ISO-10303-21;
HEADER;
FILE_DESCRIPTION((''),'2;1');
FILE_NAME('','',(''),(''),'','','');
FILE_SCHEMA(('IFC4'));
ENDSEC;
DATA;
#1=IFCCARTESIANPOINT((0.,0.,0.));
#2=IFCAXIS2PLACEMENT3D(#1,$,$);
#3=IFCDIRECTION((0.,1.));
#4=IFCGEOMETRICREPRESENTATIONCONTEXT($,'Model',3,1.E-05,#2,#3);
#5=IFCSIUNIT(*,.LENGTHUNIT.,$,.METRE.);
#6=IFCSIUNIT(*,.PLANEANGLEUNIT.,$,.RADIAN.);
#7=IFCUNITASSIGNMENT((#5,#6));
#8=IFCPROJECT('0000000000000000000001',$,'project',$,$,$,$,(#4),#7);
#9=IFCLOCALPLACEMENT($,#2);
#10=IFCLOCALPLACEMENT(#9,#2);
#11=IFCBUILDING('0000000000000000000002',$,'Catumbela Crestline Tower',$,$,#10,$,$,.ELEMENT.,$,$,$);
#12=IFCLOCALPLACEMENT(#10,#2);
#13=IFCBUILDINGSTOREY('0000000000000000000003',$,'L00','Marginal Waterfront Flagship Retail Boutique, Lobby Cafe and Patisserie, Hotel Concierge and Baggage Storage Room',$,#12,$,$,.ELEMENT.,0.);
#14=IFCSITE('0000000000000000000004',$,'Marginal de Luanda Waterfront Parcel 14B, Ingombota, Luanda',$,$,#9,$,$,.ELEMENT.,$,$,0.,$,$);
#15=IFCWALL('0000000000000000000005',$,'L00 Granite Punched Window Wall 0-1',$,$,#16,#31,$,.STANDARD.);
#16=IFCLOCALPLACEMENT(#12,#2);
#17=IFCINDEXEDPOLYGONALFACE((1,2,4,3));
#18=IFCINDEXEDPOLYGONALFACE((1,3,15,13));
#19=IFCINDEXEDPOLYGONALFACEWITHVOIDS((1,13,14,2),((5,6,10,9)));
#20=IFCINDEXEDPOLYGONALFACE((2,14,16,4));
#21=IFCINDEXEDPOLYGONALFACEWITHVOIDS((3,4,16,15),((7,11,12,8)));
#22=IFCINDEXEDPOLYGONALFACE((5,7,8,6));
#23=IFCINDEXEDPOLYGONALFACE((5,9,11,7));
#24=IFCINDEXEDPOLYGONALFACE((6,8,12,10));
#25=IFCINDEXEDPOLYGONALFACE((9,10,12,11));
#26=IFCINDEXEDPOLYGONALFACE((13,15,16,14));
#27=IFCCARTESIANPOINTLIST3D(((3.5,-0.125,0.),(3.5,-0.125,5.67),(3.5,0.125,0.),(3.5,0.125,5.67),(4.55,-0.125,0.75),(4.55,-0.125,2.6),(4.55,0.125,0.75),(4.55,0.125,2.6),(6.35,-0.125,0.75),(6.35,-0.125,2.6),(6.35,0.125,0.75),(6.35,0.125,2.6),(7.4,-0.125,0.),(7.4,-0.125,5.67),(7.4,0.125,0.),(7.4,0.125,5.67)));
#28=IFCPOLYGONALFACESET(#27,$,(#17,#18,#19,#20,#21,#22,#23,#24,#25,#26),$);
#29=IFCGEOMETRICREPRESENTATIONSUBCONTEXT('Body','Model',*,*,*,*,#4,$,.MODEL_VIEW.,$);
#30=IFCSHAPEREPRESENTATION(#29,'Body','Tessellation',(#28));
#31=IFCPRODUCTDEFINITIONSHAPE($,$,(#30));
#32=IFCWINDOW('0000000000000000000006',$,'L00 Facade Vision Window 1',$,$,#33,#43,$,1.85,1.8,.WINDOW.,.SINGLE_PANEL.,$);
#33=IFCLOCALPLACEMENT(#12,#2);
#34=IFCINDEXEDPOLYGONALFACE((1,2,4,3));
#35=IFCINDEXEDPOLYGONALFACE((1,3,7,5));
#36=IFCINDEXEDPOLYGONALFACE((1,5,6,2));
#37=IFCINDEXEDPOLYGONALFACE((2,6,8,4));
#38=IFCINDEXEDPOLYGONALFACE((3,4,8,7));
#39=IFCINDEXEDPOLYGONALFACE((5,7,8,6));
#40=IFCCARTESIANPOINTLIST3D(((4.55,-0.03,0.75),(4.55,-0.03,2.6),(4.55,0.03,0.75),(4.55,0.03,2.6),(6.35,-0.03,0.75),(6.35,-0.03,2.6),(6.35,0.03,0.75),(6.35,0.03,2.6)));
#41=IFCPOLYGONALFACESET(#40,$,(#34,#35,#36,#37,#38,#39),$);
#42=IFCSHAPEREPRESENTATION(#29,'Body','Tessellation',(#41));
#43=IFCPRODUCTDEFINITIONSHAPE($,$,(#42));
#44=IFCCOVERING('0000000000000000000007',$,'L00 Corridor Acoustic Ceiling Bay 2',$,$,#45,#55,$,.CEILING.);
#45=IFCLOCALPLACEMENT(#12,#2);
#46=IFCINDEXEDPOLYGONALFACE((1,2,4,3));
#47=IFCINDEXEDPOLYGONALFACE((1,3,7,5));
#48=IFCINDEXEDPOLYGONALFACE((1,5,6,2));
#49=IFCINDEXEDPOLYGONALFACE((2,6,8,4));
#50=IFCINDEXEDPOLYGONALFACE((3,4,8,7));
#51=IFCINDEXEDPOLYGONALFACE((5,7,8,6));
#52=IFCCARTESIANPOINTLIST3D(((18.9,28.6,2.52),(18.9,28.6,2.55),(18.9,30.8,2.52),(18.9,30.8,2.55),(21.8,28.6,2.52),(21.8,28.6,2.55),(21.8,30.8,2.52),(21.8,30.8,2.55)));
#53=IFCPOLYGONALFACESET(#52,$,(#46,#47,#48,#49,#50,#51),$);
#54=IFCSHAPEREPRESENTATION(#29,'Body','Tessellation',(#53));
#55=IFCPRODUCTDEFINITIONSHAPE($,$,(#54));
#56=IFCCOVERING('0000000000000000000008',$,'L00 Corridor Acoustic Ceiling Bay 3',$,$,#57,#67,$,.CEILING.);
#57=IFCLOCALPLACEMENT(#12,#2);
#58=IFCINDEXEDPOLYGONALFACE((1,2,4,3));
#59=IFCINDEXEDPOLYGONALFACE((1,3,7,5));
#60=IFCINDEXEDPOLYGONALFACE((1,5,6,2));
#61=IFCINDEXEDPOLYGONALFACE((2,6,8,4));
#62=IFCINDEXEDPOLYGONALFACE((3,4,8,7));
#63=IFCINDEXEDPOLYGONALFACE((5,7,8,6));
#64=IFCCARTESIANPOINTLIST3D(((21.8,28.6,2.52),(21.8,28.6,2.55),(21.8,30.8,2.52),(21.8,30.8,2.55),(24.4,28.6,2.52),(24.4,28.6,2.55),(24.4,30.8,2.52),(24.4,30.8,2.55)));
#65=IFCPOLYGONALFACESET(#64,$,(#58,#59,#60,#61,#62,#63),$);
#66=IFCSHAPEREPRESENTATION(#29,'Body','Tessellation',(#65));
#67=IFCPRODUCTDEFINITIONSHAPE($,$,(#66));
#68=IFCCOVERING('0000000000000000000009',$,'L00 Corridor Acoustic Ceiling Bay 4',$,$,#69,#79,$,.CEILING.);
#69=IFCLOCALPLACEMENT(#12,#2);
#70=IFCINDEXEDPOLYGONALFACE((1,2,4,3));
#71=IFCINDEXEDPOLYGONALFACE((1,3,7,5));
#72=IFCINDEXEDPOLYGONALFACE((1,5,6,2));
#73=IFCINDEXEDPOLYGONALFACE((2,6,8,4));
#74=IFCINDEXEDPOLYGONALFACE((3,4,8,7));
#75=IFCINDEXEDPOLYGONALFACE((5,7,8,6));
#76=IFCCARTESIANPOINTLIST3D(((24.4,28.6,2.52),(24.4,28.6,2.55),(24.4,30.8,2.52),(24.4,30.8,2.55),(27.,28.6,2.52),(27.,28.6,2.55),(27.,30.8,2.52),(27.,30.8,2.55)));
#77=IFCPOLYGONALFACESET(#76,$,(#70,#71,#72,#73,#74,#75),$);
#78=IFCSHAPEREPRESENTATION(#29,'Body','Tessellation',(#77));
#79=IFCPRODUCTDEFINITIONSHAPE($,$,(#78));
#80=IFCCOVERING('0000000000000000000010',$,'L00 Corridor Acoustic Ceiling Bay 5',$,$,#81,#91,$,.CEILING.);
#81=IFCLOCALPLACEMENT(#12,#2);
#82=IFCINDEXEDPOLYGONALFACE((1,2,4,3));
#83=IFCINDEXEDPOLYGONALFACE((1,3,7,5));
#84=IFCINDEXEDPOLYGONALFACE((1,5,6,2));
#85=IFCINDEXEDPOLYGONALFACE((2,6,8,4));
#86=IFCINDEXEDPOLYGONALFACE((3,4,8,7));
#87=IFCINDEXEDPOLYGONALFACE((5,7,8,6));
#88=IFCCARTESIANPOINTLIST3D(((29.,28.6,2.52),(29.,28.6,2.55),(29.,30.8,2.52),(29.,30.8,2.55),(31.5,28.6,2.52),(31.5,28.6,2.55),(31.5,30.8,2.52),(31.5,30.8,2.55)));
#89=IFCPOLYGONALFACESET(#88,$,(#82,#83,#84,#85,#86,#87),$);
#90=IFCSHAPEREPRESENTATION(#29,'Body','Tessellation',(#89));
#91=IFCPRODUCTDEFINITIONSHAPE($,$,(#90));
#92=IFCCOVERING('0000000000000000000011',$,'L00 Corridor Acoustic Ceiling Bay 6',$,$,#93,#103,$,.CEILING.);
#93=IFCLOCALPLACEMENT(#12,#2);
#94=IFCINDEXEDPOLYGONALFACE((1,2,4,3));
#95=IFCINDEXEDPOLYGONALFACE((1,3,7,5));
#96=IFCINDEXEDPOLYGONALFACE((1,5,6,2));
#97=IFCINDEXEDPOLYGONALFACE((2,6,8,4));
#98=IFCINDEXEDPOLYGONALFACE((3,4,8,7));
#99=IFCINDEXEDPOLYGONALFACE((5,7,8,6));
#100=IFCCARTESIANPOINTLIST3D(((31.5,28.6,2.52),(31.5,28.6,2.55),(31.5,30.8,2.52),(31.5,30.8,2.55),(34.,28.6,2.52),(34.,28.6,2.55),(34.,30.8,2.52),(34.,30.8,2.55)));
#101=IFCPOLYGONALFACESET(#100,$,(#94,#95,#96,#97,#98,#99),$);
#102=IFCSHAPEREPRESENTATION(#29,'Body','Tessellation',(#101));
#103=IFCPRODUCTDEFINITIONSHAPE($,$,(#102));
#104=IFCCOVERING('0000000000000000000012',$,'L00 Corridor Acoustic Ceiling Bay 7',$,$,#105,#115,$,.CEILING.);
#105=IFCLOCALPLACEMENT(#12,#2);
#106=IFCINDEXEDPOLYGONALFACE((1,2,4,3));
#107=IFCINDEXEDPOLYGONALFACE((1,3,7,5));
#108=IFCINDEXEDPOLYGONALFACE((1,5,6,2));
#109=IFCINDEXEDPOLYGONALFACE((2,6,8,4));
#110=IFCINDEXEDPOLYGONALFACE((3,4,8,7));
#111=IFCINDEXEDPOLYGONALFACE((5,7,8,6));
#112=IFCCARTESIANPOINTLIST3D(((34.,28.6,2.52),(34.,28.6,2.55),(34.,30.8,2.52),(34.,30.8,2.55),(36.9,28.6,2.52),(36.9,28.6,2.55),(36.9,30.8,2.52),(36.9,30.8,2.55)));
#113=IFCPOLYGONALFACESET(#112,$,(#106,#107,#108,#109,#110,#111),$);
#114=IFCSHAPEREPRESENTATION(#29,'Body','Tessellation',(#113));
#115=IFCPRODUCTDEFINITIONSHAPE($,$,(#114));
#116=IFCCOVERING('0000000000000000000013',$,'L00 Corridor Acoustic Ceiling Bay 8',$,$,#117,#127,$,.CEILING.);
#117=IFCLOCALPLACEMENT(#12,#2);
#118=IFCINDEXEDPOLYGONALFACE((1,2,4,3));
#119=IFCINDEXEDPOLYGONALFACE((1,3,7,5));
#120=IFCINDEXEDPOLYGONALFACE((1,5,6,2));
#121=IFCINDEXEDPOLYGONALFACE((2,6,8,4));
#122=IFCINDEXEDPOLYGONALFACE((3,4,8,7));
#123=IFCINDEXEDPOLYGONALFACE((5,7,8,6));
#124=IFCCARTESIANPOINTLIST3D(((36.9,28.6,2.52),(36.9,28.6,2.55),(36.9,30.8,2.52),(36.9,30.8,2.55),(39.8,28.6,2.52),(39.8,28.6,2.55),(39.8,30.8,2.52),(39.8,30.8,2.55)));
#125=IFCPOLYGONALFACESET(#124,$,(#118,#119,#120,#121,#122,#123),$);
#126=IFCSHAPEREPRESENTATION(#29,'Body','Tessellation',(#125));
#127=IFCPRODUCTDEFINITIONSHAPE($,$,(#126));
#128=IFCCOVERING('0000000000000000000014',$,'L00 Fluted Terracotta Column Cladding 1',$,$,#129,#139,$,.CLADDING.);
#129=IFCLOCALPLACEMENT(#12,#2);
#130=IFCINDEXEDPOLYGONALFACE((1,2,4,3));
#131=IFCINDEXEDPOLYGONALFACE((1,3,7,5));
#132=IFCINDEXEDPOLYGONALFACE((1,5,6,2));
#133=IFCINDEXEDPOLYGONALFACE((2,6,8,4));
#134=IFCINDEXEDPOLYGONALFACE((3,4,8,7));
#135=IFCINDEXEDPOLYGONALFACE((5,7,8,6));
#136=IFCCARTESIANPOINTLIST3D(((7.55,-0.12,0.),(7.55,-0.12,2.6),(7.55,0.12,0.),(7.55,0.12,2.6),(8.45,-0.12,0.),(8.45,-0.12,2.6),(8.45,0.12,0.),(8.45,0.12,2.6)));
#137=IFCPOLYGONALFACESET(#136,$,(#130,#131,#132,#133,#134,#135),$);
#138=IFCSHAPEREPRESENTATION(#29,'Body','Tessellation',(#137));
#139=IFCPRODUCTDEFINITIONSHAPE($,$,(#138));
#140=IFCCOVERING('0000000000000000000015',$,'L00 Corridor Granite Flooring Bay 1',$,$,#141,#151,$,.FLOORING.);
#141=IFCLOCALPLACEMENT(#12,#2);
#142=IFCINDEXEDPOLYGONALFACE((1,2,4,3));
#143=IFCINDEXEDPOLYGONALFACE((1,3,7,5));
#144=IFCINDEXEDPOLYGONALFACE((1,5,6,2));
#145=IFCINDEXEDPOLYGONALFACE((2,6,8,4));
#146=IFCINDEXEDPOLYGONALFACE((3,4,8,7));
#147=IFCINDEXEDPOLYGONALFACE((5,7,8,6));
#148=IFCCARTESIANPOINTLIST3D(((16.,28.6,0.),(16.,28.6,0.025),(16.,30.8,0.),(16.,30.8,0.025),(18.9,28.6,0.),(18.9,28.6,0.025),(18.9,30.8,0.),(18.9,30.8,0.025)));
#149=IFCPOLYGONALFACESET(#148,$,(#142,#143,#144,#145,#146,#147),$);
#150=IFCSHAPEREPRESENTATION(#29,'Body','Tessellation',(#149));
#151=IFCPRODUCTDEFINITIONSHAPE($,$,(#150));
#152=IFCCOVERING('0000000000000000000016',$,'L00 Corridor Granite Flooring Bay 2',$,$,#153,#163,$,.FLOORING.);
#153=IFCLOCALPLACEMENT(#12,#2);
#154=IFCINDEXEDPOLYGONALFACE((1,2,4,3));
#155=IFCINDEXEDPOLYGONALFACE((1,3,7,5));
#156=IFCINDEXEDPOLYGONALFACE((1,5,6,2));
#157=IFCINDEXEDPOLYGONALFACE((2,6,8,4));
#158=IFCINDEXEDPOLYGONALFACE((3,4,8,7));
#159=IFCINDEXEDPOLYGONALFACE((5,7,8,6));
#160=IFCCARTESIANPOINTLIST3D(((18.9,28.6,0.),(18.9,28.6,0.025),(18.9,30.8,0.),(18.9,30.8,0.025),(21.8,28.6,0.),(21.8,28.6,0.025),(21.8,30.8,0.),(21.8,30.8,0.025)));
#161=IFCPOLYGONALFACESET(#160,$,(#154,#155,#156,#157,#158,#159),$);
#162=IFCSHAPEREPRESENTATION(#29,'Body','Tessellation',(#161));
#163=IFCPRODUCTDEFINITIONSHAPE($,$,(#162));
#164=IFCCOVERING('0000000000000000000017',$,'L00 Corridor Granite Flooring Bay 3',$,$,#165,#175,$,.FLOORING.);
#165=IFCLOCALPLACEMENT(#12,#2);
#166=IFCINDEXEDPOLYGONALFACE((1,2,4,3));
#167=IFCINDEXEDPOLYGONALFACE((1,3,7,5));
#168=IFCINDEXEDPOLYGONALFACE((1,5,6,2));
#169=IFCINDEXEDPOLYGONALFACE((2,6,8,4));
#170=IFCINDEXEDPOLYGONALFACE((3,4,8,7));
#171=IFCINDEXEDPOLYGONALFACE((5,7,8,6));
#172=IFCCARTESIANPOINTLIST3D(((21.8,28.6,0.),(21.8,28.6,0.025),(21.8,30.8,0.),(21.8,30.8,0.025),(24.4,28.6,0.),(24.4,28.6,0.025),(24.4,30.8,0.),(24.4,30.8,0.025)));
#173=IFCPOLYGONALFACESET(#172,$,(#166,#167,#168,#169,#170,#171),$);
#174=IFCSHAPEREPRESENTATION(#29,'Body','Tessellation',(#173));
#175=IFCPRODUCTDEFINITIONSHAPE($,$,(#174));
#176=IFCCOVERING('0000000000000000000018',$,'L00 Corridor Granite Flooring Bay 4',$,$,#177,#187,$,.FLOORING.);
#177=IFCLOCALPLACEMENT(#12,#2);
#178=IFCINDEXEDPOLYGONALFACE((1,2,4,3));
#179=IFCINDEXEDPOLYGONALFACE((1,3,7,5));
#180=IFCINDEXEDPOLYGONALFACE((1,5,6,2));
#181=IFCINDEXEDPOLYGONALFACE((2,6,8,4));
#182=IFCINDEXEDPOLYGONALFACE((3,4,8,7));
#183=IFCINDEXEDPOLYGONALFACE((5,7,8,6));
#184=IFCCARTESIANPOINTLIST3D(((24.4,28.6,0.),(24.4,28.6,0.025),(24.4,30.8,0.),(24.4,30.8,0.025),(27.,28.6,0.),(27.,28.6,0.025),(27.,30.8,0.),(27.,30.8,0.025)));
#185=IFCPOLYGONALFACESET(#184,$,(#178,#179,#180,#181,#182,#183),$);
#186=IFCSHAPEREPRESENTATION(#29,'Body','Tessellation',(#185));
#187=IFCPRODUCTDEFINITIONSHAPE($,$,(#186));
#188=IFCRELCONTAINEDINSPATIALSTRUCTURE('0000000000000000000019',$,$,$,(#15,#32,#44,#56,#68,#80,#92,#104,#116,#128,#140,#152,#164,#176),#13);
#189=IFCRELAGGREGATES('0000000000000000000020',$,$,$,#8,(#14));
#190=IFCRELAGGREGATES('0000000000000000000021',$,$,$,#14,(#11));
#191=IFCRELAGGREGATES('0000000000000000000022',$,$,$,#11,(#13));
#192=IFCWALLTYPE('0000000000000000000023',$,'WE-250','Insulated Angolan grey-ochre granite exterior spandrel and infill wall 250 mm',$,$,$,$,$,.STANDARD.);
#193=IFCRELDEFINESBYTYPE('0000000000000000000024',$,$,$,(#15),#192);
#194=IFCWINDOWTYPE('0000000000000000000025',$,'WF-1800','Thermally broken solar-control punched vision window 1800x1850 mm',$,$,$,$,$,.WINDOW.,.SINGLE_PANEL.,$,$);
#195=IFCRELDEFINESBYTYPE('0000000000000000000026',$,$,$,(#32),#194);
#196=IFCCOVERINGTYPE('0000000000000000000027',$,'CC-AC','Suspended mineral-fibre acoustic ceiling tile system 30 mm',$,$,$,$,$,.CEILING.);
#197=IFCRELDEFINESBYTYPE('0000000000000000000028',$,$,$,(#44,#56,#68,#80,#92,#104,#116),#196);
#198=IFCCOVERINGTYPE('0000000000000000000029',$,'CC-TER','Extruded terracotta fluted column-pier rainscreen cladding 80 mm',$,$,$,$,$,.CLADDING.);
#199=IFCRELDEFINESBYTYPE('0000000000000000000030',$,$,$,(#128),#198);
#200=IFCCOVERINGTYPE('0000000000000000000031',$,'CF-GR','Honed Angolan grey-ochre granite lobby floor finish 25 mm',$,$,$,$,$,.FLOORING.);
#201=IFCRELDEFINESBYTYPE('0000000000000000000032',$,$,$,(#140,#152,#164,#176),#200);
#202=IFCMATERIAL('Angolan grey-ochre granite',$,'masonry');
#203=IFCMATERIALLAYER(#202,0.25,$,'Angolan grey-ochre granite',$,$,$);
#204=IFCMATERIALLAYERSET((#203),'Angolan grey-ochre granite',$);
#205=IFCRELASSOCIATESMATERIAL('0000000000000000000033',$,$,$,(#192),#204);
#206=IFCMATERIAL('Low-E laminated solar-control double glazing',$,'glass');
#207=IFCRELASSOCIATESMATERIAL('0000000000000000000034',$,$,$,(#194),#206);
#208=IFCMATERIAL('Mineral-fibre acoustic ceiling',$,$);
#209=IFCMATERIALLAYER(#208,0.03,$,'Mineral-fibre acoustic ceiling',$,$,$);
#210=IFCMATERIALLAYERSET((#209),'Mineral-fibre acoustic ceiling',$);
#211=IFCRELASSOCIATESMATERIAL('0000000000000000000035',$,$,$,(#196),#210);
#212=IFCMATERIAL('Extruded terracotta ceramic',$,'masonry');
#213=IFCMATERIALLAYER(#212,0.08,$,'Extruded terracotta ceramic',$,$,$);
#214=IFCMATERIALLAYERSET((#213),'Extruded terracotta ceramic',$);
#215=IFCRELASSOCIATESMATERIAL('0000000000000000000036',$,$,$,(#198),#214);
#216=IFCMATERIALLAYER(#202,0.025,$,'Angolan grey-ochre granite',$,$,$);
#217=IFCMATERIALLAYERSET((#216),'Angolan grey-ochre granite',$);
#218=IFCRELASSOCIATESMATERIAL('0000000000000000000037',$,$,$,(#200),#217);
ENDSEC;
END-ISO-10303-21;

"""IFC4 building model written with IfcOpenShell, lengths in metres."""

from ifc_helpers import new_model, si_unit, direction, frame, frame_2d, origin, origin_2d, place, context, subcontext, project, spatial, polyline, rectangle, outline, extrude, material, layer, layer_set, type_object, element, fill, save


model = new_model("IFC4")

# Units and contexts
model_context = context("Model", 3, precision=1e-05, world=origin(), true_north=direction((0.0, 1.0)))
body_context = subcontext(model_context, "Body", "Model", "MODEL_VIEW")
ifc_project = project(units=[si_unit("LENGTHUNIT", "METRE"), si_unit("PLANEANGLEUNIT", "RADIAN")], contexts=[model_context])

# Site, building, storey
site_placement = place(None, origin())
site = spatial("IfcSite", under=ifc_project, at=site_placement, Name="Marginal de Luanda Waterfront Parcel 14B, Ingombota, Luanda", CompositionType="ELEMENT", RefElevation=0.0)
building_placement = place(site_placement, origin())
building = spatial("IfcBuilding", under=site, at=building_placement, Name="Catumbela Crestline Tower", CompositionType="ELEMENT")
storey_placement = place(building_placement, origin())
storey = spatial("IfcBuildingStorey", under=building, at=storey_placement, Name="L00", Description="Marginal Waterfront Flagship Retail Boutique, Lobby Cafe and Patisserie, Hotel Concierge and Baggage Storage Room", CompositionType="ELEMENT", Elevation=0.0)

# Shared definitions
ifc_material_1 = material(Name="Low-E laminated solar-control double glazing", Category="glass")

# Wall, opening, window
ifc_material_2 = material(Name="Angolan grey-ochre granite", Category="masonry")
ifc_layer_1 = layer(ifc_material_2, 0.25, Name="Angolan grey-ochre granite")
ifc_layer_set_1 = layer_set([ifc_layer_1], Name="Angolan grey-ochre granite")
wall_type = type_object("IfcWallType", Name="WE-250", Description="Insulated Angolan grey-ochre granite exterior spandrel and infill wall 250 mm", PredefinedType="STANDARD", material=ifc_layer_set_1)
wall_placement = place(storey_placement, frame((3.5, 0.0, 0.0), z_axis=(0.0, 0.0, 1.0), x_axis=(1.0, 0.0, 0.0)))
wall = element("IfcWall", 1, at=wall_placement, inside=storey, type_object=wall_type, Name="L00 Granite Punched Window Wall 0-1", PredefinedType="STANDARD", context=body_context, shape_type="SweptSolid", body=[
    extrude(rectangle(XDim=3.9, YDim=0.25, at=frame_2d((1.95, 0.0))), origin(), (0.0, 0.0, 1.0), 5.67),
])
opening_placement = place(wall_placement, frame((1.05, 0.0, 0.75)))
opening = element("IfcOpeningElement", 2, at=opening_placement, cuts=wall, PredefinedType="OPENING", context=body_context, shape_type="SweptSolid", body=[
    extrude(rectangle(XDim=1.8, YDim=1.85, at=frame_2d((0.9, 0.925))), frame((0.0, 0.135, 0.0), z_axis=(0.0, -1.0, 0.0), x_axis=(1.0, 0.0, 0.0)), (0.0, 0.0, 1.0), 0.27),
])
window_type = type_object("IfcWindowType", Name="WF-1800", Description="Thermally broken solar-control punched vision window 1800x1850 mm", PartitioningType="SINGLE_PANEL", PredefinedType="WINDOW", material=ifc_material_1)
window_placement = place(opening_placement, origin())
window = element("IfcWindow", 3, at=window_placement, inside=storey, type_object=window_type, Name="L00 Facade Vision Window 1", OverallHeight=1.85, OverallWidth=1.8, PartitioningType="SINGLE_PANEL", PredefinedType="WINDOW", context=body_context, shape_type="SweptSolid", body=[
    extrude(rectangle(XDim=1.8, YDim=1.85, at=frame_2d((0.9, 0.925))), frame((0.0, 0.03, 0.0), z_axis=(0.0, -1.0, 0.0), x_axis=(1.0, 0.0, 0.0)), (0.0, 0.0, 1.0), 0.06),
])
fill(opening, window)

# Coverings
ifc_material_3 = material(Name="Mineral-fibre acoustic ceiling")
ifc_layer_2 = layer(ifc_material_3, 0.03, Name="Mineral-fibre acoustic ceiling")
ifc_layer_set_2 = layer_set([ifc_layer_2], Name="Mineral-fibre acoustic ceiling")
covering_type_1 = type_object("IfcCoveringType", Name="CC-AC", Description="Suspended mineral-fibre acoustic ceiling tile system 30 mm", PredefinedType="CEILING", material=ifc_layer_set_2)
covering_1_placement = place(storey_placement, frame((0.0, 0.0, 2.52)))
element("IfcCovering", 4, at=covering_1_placement, inside=storey, type_object=covering_type_1, Name="L00 Corridor Acoustic Ceiling Bay 2", PredefinedType="CEILING", context=body_context, shape_type="SweptSolid", body=[
    extrude(outline(polyline([(18.9, 28.6), (21.8, 28.6), (21.8, 30.8), (18.9, 30.8), (18.9, 28.6)])), origin(), (0.0, 0.0, 1.0), 0.03),
])
covering_2_placement = place(storey_placement, frame((0.0, 0.0, 2.52)))
element("IfcCovering", 5, at=covering_2_placement, inside=storey, type_object=covering_type_1, Name="L00 Corridor Acoustic Ceiling Bay 3", PredefinedType="CEILING", context=body_context, shape_type="SweptSolid", body=[
    extrude(outline(polyline([(21.8, 28.6), (24.4, 28.6), (24.4, 30.8), (21.8, 30.8), (21.8, 28.6)])), origin(), (0.0, 0.0, 1.0), 0.03),
])
covering_3_placement = place(storey_placement, frame((0.0, 0.0, 2.52)))
element("IfcCovering", 6, at=covering_3_placement, inside=storey, type_object=covering_type_1, Name="L00 Corridor Acoustic Ceiling Bay 4", PredefinedType="CEILING", context=body_context, shape_type="SweptSolid", body=[
    extrude(outline(polyline([(24.4, 28.6), (27.0, 28.6), (27.0, 30.8), (24.4, 30.8), (24.4, 28.6)])), origin(), (0.0, 0.0, 1.0), 0.03),
])
covering_4_placement = place(storey_placement, frame((0.0, 0.0, 2.52)))
element("IfcCovering", 7, at=covering_4_placement, inside=storey, type_object=covering_type_1, Name="L00 Corridor Acoustic Ceiling Bay 5", PredefinedType="CEILING", context=body_context, shape_type="SweptSolid", body=[
    extrude(outline(polyline([(29.0, 28.6), (31.5, 28.6), (31.5, 30.8), (29.0, 30.8), (29.0, 28.6)])), origin(), (0.0, 0.0, 1.0), 0.03),
])
covering_5_placement = place(storey_placement, frame((0.0, 0.0, 2.52)))
element("IfcCovering", 8, at=covering_5_placement, inside=storey, type_object=covering_type_1, Name="L00 Corridor Acoustic Ceiling Bay 6", PredefinedType="CEILING", context=body_context, shape_type="SweptSolid", body=[
    extrude(outline(polyline([(31.5, 28.6), (34.0, 28.6), (34.0, 30.8), (31.5, 30.8), (31.5, 28.6)])), origin(), (0.0, 0.0, 1.0), 0.03),
])
covering_6_placement = place(storey_placement, frame((0.0, 0.0, 2.52)))
element("IfcCovering", 9, at=covering_6_placement, inside=storey, type_object=covering_type_1, Name="L00 Corridor Acoustic Ceiling Bay 7", PredefinedType="CEILING", context=body_context, shape_type="SweptSolid", body=[
    extrude(outline(polyline([(34.0, 28.6), (36.9, 28.6), (36.9, 30.8), (34.0, 30.8), (34.0, 28.6)])), origin(), (0.0, 0.0, 1.0), 0.03),
])
covering_7_placement = place(storey_placement, frame((0.0, 0.0, 2.52)))
element("IfcCovering", 10, at=covering_7_placement, inside=storey, type_object=covering_type_1, Name="L00 Corridor Acoustic Ceiling Bay 8", PredefinedType="CEILING", context=body_context, shape_type="SweptSolid", body=[
    extrude(outline(polyline([(36.9, 28.6), (39.8, 28.6), (39.8, 30.8), (36.9, 30.8), (36.9, 28.6)])), origin(), (0.0, 0.0, 1.0), 0.03),
])
ifc_material_4 = material(Name="Extruded terracotta ceramic", Category="masonry")
ifc_layer_3 = layer(ifc_material_4, 0.08, Name="Extruded terracotta ceramic")
ifc_layer_set_3 = layer_set([ifc_layer_3], Name="Extruded terracotta ceramic")
covering_type_2 = type_object("IfcCoveringType", Name="CC-TER", Description="Extruded terracotta fluted column-pier rainscreen cladding 80 mm", PredefinedType="CLADDING", material=ifc_layer_set_3)
covering_8_placement = place(storey_placement, frame((8.0, 0.0, 0.0), z_axis=(0.0, 0.0, 1.0), x_axis=(1.0, 0.0, 0.0)))
element("IfcCovering", 11, at=covering_8_placement, inside=storey, type_object=covering_type_2, Name="L00 Fluted Terracotta Column Cladding 1", PredefinedType="CLADDING", context=body_context, shape_type="SweptSolid", body=[
    extrude(rectangle(XDim=0.9, YDim=0.24, at=origin_2d()), origin(), (0.0, 0.0, 1.0), 2.6),
])
ifc_layer_4 = layer(ifc_material_2, 0.025, Name="Angolan grey-ochre granite")
ifc_layer_set_4 = layer_set([ifc_layer_4], Name="Angolan grey-ochre granite")
covering_type_3 = type_object("IfcCoveringType", Name="CF-GR", Description="Honed Angolan grey-ochre granite lobby floor finish 25 mm", PredefinedType="FLOORING", material=ifc_layer_set_4)
covering_9_placement = place(storey_placement, origin())
element("IfcCovering", 12, at=covering_9_placement, inside=storey, type_object=covering_type_3, Name="L00 Corridor Granite Flooring Bay 1", PredefinedType="FLOORING", context=body_context, shape_type="SweptSolid", body=[
    extrude(outline(polyline([(16.0, 28.6), (18.9, 28.6), (18.9, 30.8), (16.0, 30.8), (16.0, 28.6)])), origin(), (0.0, 0.0, 1.0), 0.025),
])
covering_10_placement = place(storey_placement, origin())
element("IfcCovering", 13, at=covering_10_placement, inside=storey, type_object=covering_type_3, Name="L00 Corridor Granite Flooring Bay 2", PredefinedType="FLOORING", context=body_context, shape_type="SweptSolid", body=[
    extrude(outline(polyline([(18.9, 28.6), (21.8, 28.6), (21.8, 30.8), (18.9, 30.8), (18.9, 28.6)])), origin(), (0.0, 0.0, 1.0), 0.025),
])
covering_11_placement = place(storey_placement, origin())
element("IfcCovering", 14, at=covering_11_placement, inside=storey, type_object=covering_type_3, Name="L00 Corridor Granite Flooring Bay 3", PredefinedType="FLOORING", context=body_context, shape_type="SweptSolid", body=[
    extrude(outline(polyline([(21.8, 28.6), (24.4, 28.6), (24.4, 30.8), (21.8, 30.8), (21.8, 28.6)])), origin(), (0.0, 0.0, 1.0), 0.025),
])
covering_12_placement = place(storey_placement, origin())
element("IfcCovering", 15, at=covering_12_placement, inside=storey, type_object=covering_type_3, Name="L00 Corridor Granite Flooring Bay 4", PredefinedType="FLOORING", context=body_context, shape_type="SweptSolid", body=[
    extrude(outline(polyline([(24.4, 28.6), (27.0, 28.6), (27.0, 30.8), (24.4, 30.8), (24.4, 28.6)])), origin(), (0.0, 0.0, 1.0), 0.025),
])

save(model, "model.ifc")
